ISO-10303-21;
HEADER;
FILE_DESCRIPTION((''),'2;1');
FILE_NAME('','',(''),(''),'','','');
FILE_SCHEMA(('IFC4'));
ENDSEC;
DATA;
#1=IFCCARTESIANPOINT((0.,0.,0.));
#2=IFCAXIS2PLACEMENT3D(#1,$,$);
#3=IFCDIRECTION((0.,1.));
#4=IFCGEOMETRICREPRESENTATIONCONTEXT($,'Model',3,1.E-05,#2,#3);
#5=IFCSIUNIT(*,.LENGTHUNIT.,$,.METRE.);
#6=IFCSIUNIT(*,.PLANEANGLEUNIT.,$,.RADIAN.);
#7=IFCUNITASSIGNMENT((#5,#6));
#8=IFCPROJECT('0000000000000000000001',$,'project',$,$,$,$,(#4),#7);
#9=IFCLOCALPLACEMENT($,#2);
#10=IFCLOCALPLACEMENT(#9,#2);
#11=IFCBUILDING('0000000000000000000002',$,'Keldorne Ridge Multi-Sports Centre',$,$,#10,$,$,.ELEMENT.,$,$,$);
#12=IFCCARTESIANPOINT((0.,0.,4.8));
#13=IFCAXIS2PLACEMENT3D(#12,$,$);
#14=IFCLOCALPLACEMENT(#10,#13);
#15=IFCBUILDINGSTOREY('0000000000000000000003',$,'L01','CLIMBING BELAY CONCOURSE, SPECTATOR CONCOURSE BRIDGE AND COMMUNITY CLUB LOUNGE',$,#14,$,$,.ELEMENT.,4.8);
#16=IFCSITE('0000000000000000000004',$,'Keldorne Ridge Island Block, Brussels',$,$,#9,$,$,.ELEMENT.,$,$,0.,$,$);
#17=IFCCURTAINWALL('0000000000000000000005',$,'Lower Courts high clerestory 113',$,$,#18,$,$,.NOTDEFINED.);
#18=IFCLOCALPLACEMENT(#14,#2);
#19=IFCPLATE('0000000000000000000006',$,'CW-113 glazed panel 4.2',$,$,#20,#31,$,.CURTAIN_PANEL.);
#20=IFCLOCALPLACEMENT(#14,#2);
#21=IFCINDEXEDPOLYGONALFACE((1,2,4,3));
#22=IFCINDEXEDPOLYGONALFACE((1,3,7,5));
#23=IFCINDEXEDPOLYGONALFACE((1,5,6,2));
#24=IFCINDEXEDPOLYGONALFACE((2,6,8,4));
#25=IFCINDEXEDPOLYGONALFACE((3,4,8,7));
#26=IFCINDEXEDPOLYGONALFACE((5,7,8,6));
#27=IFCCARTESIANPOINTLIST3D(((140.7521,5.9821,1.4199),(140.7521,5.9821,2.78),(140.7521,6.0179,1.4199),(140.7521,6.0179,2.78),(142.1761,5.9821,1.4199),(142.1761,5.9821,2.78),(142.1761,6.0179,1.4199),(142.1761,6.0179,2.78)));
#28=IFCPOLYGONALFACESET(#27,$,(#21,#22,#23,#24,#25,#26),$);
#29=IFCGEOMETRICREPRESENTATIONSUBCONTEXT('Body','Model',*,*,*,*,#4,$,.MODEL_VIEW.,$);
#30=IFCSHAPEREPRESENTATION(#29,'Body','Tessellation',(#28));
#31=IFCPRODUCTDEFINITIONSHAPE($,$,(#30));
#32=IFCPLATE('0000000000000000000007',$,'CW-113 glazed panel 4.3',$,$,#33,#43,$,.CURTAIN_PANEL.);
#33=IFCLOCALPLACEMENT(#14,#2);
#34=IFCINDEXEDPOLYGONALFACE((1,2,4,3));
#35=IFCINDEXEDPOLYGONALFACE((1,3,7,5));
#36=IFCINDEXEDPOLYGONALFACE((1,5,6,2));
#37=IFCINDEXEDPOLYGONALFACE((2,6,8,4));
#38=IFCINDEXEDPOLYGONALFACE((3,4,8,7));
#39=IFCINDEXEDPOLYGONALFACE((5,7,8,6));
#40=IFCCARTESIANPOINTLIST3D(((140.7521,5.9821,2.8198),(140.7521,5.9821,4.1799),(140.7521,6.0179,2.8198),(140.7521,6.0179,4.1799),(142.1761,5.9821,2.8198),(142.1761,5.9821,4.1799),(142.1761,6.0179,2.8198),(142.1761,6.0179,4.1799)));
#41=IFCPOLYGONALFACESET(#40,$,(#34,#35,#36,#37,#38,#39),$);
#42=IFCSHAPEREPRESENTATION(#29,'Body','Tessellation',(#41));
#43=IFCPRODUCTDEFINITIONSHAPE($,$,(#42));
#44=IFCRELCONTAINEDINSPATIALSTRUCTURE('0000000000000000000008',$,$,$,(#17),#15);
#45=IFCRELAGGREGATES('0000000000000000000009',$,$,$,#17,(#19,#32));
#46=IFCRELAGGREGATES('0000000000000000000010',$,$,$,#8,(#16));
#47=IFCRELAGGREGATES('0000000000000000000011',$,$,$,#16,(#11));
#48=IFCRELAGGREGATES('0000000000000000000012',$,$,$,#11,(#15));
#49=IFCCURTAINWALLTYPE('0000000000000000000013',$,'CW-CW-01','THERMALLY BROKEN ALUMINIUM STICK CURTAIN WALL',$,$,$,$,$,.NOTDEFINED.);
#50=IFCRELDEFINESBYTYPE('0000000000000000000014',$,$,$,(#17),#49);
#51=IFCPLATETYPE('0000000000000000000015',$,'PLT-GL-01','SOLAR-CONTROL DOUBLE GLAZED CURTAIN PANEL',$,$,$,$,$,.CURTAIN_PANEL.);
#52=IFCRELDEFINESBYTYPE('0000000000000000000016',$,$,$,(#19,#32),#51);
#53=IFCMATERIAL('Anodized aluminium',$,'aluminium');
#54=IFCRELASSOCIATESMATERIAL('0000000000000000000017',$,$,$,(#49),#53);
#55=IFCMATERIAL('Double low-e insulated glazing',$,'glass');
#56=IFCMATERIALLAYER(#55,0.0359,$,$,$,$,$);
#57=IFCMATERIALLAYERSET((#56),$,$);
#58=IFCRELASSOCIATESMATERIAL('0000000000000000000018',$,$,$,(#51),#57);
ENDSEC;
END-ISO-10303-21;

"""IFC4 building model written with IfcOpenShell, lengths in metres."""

from ifc_helpers import new_model, si_unit, direction, frame, origin, origin_2d, place, context, subcontext, project, spatial, rectangle, extrude, material, layer, layer_set, type_object, element, aggregate, save


model = new_model("IFC4")

# Units and contexts
model_context = context("Model", 3, precision=1e-05, world=origin(), true_north=direction((0.0, 1.0)))
body_context = subcontext(model_context, "Body", "Model", "MODEL_VIEW")
ifc_project = project(units=[si_unit("LENGTHUNIT", "METRE"), si_unit("PLANEANGLEUNIT", "RADIAN")], contexts=[model_context])

# Site, building, storey
site_placement = place(None, origin())
site = spatial("IfcSite", under=ifc_project, at=site_placement, Name="Keldorne Ridge Island Block, Brussels", CompositionType="ELEMENT", RefElevation=0.0)
building_placement = place(site_placement, origin())
building = spatial("IfcBuilding", under=site, at=building_placement, Name="Keldorne Ridge Multi-Sports Centre", CompositionType="ELEMENT")
storey_placement = place(building_placement, frame((0.0, 0.0, 4.8)))
storey = spatial("IfcBuildingStorey", under=building, at=storey_placement, Name="L01", Description="CLIMBING BELAY CONCOURSE, SPECTATOR CONCOURSE BRIDGE AND COMMUNITY CLUB LOUNGE", CompositionType="ELEMENT", Elevation=4.8)

# Curtain wall, plates
ifc_material_1 = material(Name="Anodized aluminium", Category="aluminium")
curtain_wall_type = type_object("IfcCurtainWallType", Name="CW-CW-01", Description="THERMALLY BROKEN ALUMINIUM STICK CURTAIN WALL", PredefinedType="NOTDEFINED", material=ifc_material_1)
curtain_wall_placement = place(storey_placement, origin())
curtain_wall = element("IfcCurtainWall", 1, at=curtain_wall_placement, inside=storey, type_object=curtain_wall_type, Name="Lower Courts high clerestory 113", PredefinedType="NOTDEFINED")
ifc_material_2 = material(Name="Double low-e insulated glazing", Category="glass")
ifc_layer = layer(ifc_material_2, 0.0359)
ifc_layer_set = layer_set([ifc_layer])
plate_type = type_object("IfcPlateType", Name="PLT-GL-01", Description="SOLAR-CONTROL DOUBLE GLAZED CURTAIN PANEL", PredefinedType="CURTAIN_PANEL", material=ifc_layer_set)
plate_1_placement = place(storey_placement, frame((141.4641, 6.0, 1.4199), z_axis=(0.0, 0.0, 1.0), x_axis=(1.0, 0.0, 0.0)))
plate_1 = element("IfcPlate", 2, at=plate_1_placement, type_object=plate_type, Name="CW-113 glazed panel 4.2", PredefinedType="CURTAIN_PANEL", context=body_context, shape_type="SweptSolid", body=[
    extrude(rectangle(XDim=1.4241, YDim=0.0359, at=origin_2d()), origin(), (0.0, 0.0, 1.0), 1.3601),
])
plate_2_placement = place(storey_placement, frame((141.4641, 6.0, 2.8198), z_axis=(0.0, 0.0, 1.0), x_axis=(1.0, 0.0, 0.0)))
plate_2 = element("IfcPlate", 3, at=plate_2_placement, type_object=plate_type, Name="CW-113 glazed panel 4.3", PredefinedType="CURTAIN_PANEL", context=body_context, shape_type="SweptSolid", body=[
    extrude(rectangle(XDim=1.4241, YDim=0.0359, at=origin_2d()), origin(), (0.0, 0.0, 1.0), 1.3601),
])
aggregate(curtain_wall, [plate_1, plate_2])

save(model, "model.ifc")
